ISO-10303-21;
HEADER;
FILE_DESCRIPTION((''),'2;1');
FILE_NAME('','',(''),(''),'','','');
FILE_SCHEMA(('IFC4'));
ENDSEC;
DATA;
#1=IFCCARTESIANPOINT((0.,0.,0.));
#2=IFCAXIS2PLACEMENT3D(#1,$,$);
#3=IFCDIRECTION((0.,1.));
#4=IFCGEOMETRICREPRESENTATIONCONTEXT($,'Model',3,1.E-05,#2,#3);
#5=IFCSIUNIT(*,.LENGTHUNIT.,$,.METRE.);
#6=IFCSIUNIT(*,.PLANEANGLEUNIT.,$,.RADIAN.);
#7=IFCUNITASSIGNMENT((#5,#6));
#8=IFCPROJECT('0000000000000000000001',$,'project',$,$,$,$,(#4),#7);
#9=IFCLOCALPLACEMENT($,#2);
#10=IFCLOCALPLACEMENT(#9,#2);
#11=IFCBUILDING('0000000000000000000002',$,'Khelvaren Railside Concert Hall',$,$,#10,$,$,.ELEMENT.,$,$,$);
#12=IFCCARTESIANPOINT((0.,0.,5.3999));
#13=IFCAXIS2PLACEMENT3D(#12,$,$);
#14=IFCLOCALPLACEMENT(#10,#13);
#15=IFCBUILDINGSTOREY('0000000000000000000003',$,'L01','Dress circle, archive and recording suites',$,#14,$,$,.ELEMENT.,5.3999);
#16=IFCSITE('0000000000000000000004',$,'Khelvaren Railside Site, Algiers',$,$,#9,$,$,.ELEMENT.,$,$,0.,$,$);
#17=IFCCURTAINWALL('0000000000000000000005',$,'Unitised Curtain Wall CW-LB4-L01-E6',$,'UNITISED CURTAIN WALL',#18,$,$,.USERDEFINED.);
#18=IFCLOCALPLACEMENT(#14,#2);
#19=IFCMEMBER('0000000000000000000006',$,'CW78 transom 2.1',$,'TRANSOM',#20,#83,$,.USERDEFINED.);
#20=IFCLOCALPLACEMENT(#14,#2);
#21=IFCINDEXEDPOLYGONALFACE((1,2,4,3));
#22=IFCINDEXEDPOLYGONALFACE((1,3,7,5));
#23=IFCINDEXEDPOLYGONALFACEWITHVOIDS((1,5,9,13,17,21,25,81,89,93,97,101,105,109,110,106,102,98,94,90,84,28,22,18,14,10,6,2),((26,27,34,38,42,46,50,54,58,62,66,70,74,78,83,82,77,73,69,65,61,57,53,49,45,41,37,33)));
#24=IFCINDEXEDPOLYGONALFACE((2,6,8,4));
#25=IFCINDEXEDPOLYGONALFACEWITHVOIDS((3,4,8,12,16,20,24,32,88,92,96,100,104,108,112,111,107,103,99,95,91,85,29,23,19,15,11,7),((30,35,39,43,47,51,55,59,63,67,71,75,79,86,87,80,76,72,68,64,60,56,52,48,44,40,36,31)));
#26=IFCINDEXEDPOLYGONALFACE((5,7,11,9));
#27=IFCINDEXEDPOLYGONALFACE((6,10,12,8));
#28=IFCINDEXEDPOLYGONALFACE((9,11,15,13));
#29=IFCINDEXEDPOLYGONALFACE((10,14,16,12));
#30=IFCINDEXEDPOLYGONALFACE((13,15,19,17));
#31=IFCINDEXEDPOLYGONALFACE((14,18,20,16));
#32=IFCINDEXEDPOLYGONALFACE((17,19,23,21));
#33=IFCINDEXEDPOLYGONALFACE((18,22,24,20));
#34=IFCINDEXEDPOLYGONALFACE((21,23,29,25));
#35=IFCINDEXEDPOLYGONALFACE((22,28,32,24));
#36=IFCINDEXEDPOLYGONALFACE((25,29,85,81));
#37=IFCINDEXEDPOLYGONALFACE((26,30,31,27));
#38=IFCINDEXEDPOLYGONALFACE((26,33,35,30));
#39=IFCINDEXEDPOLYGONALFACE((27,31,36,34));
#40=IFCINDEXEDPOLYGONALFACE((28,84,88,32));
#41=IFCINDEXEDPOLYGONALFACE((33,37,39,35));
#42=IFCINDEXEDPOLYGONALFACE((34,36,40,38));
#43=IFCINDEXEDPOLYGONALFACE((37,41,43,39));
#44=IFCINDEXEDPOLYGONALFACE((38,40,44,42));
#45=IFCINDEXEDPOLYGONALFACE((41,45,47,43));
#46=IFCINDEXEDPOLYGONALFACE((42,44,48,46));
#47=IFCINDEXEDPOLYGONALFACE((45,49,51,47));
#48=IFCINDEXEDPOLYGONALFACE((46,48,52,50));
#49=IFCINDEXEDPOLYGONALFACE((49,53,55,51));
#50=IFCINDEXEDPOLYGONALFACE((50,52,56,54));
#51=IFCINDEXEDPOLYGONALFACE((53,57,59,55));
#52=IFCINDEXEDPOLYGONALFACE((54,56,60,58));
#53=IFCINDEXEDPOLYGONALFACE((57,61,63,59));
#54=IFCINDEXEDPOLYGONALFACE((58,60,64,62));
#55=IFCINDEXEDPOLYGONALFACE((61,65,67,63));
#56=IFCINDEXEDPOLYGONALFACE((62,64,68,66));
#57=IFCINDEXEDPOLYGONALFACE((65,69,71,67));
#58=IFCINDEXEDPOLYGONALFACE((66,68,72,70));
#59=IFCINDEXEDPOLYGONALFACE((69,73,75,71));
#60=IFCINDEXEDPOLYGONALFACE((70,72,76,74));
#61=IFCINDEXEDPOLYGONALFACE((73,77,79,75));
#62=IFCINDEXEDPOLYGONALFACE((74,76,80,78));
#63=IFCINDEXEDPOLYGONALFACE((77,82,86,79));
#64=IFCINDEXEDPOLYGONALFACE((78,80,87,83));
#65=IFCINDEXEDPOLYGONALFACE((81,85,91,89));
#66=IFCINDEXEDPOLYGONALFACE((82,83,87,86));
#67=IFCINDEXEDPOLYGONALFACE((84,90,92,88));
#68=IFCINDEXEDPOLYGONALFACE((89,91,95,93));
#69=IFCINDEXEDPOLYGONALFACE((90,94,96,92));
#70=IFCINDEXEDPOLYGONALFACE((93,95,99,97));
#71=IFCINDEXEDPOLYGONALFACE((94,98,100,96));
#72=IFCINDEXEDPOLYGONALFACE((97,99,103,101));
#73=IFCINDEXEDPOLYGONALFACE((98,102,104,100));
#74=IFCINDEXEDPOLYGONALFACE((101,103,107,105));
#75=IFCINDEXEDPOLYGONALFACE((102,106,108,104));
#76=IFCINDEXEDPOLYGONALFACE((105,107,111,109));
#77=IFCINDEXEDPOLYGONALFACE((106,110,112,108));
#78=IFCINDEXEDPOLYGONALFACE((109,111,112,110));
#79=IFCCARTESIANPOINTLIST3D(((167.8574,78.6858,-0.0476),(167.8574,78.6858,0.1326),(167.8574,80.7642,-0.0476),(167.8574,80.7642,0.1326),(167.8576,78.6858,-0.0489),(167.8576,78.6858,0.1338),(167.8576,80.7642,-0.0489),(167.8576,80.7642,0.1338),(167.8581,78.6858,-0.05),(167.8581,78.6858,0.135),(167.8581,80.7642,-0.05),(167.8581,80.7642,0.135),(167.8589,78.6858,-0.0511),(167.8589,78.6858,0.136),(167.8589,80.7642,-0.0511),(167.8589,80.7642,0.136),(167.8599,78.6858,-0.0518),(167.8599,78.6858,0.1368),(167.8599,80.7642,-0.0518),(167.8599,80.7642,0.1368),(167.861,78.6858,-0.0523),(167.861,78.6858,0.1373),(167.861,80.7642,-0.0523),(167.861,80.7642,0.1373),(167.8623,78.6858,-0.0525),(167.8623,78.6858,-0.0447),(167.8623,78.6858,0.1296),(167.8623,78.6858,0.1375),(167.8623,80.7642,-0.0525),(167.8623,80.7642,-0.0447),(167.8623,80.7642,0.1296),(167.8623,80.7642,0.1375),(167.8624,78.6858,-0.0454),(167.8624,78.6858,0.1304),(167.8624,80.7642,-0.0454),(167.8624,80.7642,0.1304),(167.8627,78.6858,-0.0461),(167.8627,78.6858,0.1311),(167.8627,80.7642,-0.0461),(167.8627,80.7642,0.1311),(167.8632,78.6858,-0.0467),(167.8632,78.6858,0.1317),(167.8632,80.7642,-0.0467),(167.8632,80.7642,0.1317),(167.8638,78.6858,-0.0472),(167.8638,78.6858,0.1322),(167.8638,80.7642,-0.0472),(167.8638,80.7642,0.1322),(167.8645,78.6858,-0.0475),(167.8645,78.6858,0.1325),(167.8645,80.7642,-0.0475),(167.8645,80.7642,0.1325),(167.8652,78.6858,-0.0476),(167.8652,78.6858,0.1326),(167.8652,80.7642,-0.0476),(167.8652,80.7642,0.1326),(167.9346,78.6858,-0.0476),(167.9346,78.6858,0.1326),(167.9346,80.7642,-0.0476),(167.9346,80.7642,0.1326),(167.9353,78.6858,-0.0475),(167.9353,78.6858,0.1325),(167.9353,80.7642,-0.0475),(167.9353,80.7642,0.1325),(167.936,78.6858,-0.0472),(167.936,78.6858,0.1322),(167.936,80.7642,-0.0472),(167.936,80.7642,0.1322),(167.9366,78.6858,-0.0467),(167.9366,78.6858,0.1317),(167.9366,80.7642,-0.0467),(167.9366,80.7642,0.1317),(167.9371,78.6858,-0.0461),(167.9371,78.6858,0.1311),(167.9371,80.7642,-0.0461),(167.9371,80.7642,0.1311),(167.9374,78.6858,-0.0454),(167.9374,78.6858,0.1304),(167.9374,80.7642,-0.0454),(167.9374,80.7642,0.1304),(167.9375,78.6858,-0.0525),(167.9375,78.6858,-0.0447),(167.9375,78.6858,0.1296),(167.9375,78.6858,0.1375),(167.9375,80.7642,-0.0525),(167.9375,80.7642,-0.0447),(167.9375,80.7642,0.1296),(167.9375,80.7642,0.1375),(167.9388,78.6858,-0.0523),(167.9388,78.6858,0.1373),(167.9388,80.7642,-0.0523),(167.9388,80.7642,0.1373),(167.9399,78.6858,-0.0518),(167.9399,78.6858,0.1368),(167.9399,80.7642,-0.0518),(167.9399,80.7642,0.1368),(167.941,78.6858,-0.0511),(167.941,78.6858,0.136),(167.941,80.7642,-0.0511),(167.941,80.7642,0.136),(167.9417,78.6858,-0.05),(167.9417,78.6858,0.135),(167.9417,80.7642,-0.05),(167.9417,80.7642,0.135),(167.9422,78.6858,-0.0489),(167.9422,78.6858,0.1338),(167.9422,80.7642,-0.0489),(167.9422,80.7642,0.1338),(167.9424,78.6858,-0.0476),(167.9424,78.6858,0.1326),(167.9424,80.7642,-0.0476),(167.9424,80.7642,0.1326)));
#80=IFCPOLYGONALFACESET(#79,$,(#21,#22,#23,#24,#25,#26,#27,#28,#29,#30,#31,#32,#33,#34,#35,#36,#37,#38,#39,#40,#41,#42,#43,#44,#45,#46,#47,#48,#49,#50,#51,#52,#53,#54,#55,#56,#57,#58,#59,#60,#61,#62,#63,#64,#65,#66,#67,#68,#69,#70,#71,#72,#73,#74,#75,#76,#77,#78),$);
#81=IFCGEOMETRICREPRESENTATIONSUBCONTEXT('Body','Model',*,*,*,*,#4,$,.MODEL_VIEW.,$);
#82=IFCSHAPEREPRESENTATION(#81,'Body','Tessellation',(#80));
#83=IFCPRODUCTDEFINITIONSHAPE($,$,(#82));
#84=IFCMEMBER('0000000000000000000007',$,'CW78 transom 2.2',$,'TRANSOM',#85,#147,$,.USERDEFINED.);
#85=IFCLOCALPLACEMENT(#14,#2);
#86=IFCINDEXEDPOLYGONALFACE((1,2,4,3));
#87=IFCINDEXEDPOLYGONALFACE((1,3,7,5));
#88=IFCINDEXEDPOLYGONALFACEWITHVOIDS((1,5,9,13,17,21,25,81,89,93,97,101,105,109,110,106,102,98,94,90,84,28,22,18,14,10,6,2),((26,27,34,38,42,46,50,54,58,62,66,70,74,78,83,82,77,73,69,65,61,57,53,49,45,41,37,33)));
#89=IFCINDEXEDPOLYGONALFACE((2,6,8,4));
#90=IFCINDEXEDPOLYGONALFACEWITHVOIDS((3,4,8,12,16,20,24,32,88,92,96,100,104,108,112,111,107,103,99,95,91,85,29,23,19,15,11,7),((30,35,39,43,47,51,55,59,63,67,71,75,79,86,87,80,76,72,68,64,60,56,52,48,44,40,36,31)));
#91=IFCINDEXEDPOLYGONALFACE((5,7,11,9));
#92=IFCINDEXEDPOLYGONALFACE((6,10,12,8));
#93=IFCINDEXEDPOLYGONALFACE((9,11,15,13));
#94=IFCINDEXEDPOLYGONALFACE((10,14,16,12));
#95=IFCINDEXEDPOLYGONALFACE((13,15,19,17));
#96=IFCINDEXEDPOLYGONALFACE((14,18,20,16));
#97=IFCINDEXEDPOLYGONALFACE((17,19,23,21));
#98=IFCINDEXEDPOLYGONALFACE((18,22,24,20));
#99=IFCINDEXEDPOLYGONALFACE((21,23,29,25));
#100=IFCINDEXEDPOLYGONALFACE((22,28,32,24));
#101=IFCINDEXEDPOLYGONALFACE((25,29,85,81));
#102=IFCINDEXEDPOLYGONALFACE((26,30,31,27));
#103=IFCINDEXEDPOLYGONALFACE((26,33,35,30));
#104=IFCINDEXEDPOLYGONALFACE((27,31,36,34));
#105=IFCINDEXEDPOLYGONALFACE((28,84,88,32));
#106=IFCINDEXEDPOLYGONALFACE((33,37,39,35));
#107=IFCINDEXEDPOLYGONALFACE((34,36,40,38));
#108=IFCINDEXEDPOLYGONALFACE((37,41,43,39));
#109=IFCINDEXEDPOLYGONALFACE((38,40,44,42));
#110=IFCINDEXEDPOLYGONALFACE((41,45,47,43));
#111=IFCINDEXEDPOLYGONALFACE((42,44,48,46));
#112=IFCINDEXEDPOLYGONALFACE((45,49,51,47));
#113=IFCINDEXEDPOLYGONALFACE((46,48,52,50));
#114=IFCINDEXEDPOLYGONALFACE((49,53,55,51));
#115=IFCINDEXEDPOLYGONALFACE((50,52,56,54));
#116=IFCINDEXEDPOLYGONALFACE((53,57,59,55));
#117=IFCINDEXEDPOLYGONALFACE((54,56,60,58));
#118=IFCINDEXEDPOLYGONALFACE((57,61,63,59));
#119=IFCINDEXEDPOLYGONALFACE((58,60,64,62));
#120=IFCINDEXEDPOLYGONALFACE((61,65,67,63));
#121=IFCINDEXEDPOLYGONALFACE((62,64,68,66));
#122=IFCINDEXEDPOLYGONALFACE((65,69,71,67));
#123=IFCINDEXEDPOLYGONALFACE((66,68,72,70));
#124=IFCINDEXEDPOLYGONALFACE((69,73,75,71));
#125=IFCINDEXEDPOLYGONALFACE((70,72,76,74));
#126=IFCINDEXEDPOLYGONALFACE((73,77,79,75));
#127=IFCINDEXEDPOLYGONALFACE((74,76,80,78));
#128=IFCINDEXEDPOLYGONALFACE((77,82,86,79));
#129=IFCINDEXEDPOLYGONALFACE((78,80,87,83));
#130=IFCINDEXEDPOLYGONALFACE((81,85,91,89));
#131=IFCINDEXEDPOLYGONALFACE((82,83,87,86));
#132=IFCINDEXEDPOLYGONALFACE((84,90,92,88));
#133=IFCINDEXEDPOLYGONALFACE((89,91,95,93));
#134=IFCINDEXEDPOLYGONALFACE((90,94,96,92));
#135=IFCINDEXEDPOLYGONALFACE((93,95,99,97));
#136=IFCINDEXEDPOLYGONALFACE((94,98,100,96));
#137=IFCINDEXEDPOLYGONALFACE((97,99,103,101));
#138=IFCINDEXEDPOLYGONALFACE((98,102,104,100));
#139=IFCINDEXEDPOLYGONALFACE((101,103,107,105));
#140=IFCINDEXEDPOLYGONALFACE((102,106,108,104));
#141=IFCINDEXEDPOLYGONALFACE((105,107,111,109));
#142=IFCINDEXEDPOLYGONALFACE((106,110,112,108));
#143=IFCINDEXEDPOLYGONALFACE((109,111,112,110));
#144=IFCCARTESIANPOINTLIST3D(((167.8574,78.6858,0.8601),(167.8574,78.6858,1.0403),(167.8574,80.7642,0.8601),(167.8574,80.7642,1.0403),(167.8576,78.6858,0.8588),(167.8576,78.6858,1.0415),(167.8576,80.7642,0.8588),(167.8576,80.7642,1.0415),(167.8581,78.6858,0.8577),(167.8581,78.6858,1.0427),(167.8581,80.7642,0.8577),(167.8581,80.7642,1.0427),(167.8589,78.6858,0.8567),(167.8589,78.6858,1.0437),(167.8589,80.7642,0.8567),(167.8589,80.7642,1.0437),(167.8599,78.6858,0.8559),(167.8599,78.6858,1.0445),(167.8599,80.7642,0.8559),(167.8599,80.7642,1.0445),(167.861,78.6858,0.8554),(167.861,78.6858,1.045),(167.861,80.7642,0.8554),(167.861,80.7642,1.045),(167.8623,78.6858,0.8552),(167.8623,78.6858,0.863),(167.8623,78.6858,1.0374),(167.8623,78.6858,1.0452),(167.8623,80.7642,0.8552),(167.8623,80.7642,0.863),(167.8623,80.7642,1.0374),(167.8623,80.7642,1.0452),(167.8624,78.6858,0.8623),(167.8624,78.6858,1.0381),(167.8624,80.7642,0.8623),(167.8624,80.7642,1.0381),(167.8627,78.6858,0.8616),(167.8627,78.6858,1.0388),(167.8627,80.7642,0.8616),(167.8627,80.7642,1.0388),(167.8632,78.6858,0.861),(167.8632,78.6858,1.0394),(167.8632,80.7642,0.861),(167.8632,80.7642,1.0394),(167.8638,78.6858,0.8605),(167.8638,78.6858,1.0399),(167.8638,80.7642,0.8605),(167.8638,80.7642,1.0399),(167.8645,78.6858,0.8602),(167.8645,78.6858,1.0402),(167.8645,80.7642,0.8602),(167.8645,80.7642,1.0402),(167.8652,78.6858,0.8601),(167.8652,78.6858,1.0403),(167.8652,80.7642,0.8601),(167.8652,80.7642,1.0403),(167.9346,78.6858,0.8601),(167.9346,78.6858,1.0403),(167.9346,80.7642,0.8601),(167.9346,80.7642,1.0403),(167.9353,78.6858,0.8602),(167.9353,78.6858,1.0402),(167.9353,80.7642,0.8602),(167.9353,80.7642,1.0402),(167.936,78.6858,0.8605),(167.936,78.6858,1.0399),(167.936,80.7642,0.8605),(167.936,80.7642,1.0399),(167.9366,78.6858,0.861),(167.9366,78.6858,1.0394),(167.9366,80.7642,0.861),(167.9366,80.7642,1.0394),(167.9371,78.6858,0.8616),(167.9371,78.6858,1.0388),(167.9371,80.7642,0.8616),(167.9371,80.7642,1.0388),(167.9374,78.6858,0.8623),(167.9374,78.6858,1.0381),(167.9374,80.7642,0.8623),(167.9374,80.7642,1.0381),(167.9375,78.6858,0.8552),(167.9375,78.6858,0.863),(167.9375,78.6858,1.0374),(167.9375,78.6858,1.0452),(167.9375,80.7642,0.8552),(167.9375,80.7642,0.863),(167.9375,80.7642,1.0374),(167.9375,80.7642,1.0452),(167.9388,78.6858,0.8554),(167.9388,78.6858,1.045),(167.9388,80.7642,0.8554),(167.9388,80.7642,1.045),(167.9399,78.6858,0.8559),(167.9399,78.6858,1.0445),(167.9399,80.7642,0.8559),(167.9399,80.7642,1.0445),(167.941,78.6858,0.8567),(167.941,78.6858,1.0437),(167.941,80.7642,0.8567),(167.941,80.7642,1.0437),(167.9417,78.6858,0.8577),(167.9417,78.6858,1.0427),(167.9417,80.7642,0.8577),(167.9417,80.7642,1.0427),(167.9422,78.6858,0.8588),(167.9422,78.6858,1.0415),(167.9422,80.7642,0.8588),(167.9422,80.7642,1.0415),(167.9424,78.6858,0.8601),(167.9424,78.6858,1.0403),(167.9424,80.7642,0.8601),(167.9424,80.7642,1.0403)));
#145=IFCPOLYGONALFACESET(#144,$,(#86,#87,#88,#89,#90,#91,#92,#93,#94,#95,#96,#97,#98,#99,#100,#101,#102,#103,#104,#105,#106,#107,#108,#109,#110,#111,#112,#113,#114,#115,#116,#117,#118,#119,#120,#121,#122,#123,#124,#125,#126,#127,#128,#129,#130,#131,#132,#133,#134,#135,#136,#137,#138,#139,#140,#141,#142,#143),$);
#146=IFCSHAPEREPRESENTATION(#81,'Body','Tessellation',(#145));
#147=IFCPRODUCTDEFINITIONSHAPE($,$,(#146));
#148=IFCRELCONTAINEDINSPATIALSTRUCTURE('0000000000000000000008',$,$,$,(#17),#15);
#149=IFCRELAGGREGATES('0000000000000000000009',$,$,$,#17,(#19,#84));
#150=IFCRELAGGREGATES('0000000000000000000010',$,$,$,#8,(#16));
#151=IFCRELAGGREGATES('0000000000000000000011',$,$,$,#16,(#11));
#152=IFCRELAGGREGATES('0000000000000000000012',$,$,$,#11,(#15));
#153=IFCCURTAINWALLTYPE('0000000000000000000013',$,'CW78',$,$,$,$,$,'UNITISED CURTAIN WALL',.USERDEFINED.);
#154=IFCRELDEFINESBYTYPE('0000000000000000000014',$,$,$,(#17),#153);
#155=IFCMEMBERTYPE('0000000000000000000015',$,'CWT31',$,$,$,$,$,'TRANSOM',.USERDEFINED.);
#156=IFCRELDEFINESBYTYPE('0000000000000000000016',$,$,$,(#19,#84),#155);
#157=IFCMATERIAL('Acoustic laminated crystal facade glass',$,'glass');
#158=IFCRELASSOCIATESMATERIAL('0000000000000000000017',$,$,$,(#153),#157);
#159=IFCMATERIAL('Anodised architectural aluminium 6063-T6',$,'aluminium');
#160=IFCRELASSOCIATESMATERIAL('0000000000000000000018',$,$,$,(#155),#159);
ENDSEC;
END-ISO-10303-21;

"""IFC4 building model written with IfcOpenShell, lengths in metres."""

from ifc_helpers import new_model, si_unit, direction, frame, origin, origin_2d, place, context, subcontext, project, spatial, hollow_rectangle, extrude, material, material_profile, profile_set, type_object, element, aggregate, save


model = new_model("IFC4")

# Units and contexts
model_context = context("Model", 3, precision=1e-05, world=origin(), true_north=direction((0.0, 1.0)))
body_context = subcontext(model_context, "Body", "Model", "MODEL_VIEW")
ifc_project = project(units=[si_unit("LENGTHUNIT", "METRE"), si_unit("PLANEANGLEUNIT", "RADIAN")], contexts=[model_context])

# Site, building, storey
site_placement = place(None, origin())
site = spatial("IfcSite", under=ifc_project, at=site_placement, Name="Khelvaren Railside Site, Algiers", CompositionType="ELEMENT", RefElevation=0.0)
building_placement = place(site_placement, origin())
building = spatial("IfcBuilding", under=site, at=building_placement, Name="Khelvaren Railside Concert Hall", CompositionType="ELEMENT")
storey_placement = place(building_placement, frame((0.0, 0.0, 5.3999)))
storey = spatial("IfcBuildingStorey", under=building, at=storey_placement, Name="L01", Description="Dress circle, archive and recording suites", CompositionType="ELEMENT", Elevation=5.3999)

# Curtain wall, members
ifc_material_1 = material(Name="Acoustic laminated crystal facade glass", Category="glass")
curtain_wall_type = type_object("IfcCurtainWallType", Name="CW78", ElementType="UNITISED CURTAIN WALL", PredefinedType="USERDEFINED", material=ifc_material_1)
curtain_wall_placement = place(storey_placement, origin())
curtain_wall = element("IfcCurtainWall", 1, at=curtain_wall_placement, inside=storey, type_object=curtain_wall_type, Name="Unitised Curtain Wall CW-LB4-L01-E6", ObjectType="UNITISED CURTAIN WALL", PredefinedType="USERDEFINED")
ifc_material_2 = material(Name="Anodised architectural aluminium 6063-T6", Category="aluminium")
ifc_material_profile_1 = material_profile(ifc_material_2, hollow_rectangle(XDim=0.085, YDim=0.1899, WallThickness=0.0049, InnerFilletRadius=0.0029, OuterFilletRadius=0.0049, at=origin_2d()), Name="CWT 85x190x5")
ifc_profile_set_1 = profile_set([ifc_material_profile_1], Name="Anodised architectural aluminium 6063-T6")
member_type_1 = type_object("IfcMemberType", Name="CWT31", ElementType="TRANSOM", PredefinedType="USERDEFINED", material=ifc_profile_set_1)
member_1_placement = place(storey_placement, frame((167.8999, 80.7642, 0.0425), z_axis=(0.0, -1.0, 0.0), x_axis=(1.0, 0.0, 0.0)))
member_1 = element("IfcMember", 2, at=member_1_placement, type_object=member_type_1, Name="CW78 transom 2.1", ObjectType="TRANSOM", PredefinedType="USERDEFINED", context=body_context, shape_type="SweptSolid", body=[
    extrude(hollow_rectangle(XDim=0.085, YDim=0.1899, WallThickness=0.0049, InnerFilletRadius=0.0029, OuterFilletRadius=0.0049, at=origin_2d()), origin(), (0.0, 0.0, 1.0), 2.0784),
])
member_2_placement = place(storey_placement, frame((167.8999, 80.7642, 0.9502), z_axis=(0.0, -1.0, 0.0), x_axis=(1.0, 0.0, 0.0)))
member_2 = element("IfcMember", 3, at=member_2_placement, type_object=member_type_1, Name="CW78 transom 2.2", ObjectType="TRANSOM", PredefinedType="USERDEFINED", context=body_context, shape_type="SweptSolid", body=[
    extrude(hollow_rectangle(XDim=0.085, YDim=0.1899, WallThickness=0.0049, InnerFilletRadius=0.0029, OuterFilletRadius=0.0049, at=origin_2d()), origin(), (0.0, 0.0, 1.0), 2.0784),
])
aggregate(curtain_wall, [member_1, member_2])

save(model, "model.ifc")
